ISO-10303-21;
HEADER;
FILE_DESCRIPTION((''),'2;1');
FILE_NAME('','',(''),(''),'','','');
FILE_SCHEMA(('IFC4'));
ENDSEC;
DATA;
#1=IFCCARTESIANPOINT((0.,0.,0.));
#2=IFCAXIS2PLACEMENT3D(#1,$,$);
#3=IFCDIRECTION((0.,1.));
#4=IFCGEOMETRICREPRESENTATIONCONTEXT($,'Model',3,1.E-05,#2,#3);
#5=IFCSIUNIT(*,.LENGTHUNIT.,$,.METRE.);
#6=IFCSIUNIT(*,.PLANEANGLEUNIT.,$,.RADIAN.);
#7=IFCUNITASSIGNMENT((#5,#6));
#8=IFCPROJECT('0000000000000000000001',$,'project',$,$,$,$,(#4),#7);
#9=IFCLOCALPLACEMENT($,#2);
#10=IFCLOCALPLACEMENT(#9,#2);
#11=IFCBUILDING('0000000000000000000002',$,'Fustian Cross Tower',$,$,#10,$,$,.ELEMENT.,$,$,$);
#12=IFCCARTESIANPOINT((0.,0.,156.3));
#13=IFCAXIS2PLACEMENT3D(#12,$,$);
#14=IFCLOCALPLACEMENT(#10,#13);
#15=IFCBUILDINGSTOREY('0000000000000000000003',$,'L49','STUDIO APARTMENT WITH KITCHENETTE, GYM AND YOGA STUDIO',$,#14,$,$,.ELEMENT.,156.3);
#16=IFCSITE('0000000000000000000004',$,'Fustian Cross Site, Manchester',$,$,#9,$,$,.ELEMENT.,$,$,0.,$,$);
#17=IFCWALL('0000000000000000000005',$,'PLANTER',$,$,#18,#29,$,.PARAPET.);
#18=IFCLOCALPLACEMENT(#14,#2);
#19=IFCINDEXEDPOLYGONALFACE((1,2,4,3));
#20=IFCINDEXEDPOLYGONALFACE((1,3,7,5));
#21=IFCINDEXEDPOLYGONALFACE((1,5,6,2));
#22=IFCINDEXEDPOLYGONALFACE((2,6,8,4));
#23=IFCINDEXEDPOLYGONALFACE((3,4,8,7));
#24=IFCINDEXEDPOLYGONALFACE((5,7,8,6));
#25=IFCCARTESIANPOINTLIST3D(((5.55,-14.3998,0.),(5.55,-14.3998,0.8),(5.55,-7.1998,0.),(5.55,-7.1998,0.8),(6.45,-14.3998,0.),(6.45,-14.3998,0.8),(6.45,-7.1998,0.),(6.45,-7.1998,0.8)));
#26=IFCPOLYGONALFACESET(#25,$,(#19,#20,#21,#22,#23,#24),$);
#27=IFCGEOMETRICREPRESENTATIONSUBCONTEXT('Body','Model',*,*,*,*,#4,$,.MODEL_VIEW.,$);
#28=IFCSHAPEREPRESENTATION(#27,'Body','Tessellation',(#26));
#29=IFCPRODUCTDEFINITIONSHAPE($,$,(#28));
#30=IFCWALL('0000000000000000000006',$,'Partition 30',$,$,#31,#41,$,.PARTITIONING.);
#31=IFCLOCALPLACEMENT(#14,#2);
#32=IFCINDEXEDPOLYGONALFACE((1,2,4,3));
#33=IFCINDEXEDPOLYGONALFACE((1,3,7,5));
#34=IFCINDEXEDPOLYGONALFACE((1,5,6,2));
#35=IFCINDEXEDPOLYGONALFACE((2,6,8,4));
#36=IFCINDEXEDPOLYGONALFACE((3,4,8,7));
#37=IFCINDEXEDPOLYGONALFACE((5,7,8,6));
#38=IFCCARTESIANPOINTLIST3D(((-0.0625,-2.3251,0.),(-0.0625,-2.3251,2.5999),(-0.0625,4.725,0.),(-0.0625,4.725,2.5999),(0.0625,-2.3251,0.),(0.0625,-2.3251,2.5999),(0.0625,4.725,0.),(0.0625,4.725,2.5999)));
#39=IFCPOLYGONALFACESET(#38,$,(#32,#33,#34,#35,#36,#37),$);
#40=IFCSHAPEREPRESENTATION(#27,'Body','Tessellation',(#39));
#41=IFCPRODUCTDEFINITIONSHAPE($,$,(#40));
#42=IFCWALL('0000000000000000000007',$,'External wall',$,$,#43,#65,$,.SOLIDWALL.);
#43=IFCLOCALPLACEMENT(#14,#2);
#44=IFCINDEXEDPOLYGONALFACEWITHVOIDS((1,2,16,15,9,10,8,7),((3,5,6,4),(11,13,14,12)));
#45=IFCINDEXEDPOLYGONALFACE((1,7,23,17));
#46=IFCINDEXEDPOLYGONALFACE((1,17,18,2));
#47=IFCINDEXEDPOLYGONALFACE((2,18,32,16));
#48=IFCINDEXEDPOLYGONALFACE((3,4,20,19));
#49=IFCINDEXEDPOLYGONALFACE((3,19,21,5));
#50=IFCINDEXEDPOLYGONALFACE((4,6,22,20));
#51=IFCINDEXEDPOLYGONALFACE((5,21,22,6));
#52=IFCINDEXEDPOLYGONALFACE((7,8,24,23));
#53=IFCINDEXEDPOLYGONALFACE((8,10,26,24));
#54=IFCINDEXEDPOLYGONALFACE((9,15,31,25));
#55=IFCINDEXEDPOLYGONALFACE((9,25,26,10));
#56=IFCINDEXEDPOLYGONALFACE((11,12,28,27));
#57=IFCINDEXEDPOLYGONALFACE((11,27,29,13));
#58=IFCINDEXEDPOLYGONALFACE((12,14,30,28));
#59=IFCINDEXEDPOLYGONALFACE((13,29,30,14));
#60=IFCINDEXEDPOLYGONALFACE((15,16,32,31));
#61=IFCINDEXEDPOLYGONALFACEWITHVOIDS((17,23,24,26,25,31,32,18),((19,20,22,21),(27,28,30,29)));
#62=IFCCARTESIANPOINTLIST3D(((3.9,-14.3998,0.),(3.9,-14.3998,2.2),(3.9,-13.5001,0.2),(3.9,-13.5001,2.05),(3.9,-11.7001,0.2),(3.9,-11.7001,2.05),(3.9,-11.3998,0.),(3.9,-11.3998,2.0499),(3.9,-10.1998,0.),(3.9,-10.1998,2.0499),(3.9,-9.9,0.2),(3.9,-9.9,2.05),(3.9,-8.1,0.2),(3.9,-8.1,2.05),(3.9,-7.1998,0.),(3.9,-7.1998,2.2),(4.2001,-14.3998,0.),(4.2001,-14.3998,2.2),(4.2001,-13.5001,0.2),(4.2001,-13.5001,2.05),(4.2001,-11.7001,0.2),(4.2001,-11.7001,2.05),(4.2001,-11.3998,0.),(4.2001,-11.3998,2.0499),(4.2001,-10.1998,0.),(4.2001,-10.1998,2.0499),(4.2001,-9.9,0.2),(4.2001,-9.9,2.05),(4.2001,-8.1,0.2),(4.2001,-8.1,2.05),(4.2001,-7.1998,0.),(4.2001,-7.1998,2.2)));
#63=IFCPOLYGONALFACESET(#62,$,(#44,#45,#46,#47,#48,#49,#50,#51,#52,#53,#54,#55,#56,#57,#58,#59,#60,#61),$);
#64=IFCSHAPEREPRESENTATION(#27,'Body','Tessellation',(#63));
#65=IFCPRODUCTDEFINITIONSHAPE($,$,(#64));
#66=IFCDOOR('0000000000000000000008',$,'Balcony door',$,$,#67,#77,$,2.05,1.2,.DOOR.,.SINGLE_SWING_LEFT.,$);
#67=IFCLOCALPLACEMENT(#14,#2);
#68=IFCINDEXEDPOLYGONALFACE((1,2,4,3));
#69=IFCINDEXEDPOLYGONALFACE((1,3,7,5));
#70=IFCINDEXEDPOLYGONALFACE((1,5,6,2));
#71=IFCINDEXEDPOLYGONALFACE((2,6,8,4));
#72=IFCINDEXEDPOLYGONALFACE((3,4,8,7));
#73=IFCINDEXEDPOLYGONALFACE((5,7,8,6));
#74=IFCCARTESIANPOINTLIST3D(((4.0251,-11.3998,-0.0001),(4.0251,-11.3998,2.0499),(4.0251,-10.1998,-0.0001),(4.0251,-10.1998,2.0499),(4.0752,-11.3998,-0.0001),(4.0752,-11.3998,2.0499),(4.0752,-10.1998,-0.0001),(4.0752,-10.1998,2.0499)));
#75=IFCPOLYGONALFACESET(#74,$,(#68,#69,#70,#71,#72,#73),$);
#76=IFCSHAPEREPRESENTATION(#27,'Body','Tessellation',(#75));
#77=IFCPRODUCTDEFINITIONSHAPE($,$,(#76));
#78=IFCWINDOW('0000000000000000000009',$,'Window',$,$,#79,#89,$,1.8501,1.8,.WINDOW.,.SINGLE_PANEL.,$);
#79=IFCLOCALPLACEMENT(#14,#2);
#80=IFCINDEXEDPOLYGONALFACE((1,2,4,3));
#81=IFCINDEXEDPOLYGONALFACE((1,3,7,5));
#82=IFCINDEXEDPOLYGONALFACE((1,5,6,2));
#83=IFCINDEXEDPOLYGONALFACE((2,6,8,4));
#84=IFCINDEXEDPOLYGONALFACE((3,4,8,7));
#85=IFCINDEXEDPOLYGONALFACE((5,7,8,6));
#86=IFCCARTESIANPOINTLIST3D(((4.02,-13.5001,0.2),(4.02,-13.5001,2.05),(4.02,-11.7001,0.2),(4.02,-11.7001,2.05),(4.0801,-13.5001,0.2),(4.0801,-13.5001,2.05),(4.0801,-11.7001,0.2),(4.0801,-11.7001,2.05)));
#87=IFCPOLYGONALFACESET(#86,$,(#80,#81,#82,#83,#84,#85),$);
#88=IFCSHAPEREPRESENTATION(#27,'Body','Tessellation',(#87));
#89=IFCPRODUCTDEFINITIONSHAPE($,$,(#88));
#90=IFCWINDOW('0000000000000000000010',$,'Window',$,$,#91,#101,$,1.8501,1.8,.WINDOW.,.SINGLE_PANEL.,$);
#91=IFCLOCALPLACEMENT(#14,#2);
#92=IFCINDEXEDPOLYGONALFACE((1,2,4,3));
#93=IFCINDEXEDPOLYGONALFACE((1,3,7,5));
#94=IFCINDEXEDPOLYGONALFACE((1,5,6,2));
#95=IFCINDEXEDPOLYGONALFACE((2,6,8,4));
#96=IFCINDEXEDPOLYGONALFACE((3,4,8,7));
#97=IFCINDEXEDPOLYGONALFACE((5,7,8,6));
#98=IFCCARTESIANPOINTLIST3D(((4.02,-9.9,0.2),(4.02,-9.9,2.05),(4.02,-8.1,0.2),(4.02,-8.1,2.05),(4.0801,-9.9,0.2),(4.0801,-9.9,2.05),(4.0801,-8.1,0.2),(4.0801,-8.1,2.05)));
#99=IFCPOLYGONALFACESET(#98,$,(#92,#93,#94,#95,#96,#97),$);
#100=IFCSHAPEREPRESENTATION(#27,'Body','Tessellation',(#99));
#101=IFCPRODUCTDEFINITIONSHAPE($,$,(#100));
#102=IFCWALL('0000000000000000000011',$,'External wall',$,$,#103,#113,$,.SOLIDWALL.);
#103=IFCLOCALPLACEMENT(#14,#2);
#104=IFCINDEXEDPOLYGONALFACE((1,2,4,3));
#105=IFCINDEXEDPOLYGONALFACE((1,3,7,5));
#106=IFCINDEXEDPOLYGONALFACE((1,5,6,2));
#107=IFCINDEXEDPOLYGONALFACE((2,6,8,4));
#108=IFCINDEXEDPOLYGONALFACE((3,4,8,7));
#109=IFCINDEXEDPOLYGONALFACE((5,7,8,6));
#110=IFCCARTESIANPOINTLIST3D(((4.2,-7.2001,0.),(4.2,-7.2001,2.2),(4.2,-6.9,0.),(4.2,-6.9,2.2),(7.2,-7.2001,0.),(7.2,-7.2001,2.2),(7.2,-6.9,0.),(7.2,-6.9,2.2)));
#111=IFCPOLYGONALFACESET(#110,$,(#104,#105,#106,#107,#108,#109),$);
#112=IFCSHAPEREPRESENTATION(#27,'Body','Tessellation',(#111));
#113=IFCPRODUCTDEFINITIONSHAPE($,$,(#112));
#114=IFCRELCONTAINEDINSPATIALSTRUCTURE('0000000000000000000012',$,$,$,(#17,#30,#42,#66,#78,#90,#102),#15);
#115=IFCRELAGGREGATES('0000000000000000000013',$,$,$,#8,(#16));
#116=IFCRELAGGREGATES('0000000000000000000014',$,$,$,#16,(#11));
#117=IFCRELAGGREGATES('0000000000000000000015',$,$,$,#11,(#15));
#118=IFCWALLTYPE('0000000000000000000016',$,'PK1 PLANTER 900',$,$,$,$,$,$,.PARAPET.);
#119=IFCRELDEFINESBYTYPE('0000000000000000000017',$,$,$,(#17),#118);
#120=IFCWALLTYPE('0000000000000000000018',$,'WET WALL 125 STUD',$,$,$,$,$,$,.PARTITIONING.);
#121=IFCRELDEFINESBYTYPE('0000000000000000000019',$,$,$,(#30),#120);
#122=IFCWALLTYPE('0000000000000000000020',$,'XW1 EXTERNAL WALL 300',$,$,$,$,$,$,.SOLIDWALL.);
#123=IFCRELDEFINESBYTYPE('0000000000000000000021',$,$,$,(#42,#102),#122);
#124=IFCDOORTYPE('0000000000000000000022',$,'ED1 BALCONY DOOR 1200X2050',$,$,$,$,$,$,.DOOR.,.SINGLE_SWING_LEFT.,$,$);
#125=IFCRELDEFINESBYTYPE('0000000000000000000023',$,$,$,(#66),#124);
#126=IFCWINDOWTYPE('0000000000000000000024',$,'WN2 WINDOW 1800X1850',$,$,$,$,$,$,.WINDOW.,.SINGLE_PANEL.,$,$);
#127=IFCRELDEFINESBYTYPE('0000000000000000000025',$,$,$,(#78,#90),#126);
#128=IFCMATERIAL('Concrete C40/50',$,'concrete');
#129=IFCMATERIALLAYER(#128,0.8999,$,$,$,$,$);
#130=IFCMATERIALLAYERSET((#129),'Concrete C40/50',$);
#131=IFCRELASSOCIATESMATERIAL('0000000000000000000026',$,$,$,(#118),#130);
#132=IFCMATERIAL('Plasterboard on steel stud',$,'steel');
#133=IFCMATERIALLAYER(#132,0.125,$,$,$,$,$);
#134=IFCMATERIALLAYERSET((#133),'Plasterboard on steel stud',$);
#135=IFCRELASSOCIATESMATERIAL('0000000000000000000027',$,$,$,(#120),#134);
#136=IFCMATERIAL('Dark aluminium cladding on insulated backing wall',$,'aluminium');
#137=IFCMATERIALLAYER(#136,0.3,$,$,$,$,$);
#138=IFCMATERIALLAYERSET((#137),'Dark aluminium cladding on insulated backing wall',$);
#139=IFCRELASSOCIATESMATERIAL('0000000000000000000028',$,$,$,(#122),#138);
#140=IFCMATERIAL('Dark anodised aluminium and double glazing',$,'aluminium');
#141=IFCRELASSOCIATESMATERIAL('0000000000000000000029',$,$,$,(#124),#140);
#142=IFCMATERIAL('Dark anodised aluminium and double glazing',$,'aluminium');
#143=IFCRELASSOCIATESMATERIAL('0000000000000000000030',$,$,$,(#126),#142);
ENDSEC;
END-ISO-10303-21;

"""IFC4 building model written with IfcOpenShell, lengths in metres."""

from ifc_helpers import new_model, si_unit, direction, frame, frame_2d, origin, place, context, subcontext, project, spatial, rectangle, extrude, material, layer, layer_set, type_object, element, fill, save


model = new_model("IFC4")

# Units and contexts
model_context = context("Model", 3, precision=1e-05, world=origin(), true_north=direction((0.0, 1.0)))
body_context = subcontext(model_context, "Body", "Model", "MODEL_VIEW")
ifc_project = project(units=[si_unit("LENGTHUNIT", "METRE"), si_unit("PLANEANGLEUNIT", "RADIAN")], contexts=[model_context])

# Site, building, storey
site_placement = place(None, origin())
site = spatial("IfcSite", under=ifc_project, at=site_placement, Name="Fustian Cross Site, Manchester", CompositionType="ELEMENT", RefElevation=0.0)
building_placement = place(site_placement, origin())
building = spatial("IfcBuilding", under=site, at=building_placement, Name="Fustian Cross Tower", CompositionType="ELEMENT")
storey_placement = place(building_placement, frame((0.0, 0.0, 156.3)))
storey = spatial("IfcBuildingStorey", under=building, at=storey_placement, Name="L49", Description="STUDIO APARTMENT WITH KITCHENETTE, GYM AND YOGA STUDIO", CompositionType="ELEMENT", Elevation=156.3)

# Walls
ifc_material_1 = material(Name="Concrete C40/50", Category="concrete")
ifc_layer_1 = layer(ifc_material_1, 0.8999)
ifc_layer_set_1 = layer_set([ifc_layer_1], Name="Concrete C40/50")
wall_type_1 = type_object("IfcWallType", Name="PK1 PLANTER 900", PredefinedType="PARAPET", material=ifc_layer_set_1)
wall_1_placement = place(storey_placement, frame((6.0, -14.3999, 0.0), z_axis=(0.0, 0.0, 1.0), x_axis=(0.0, 1.0, 0.0)))
element("IfcWall", 1, at=wall_1_placement, inside=storey, type_object=wall_type_1, Name="PLANTER", PredefinedType="PARAPET", context=body_context, shape_type="SweptSolid", body=[
    extrude(rectangle(XDim=7.2, YDim=0.8999, at=frame_2d((3.6001, 0.0))), origin(), (0.0, 0.0, 1.0), 0.8),
])
ifc_material_2 = material(Name="Plasterboard on steel stud", Category="steel")
ifc_layer_2 = layer(ifc_material_2, 0.125)
ifc_layer_set_2 = layer_set([ifc_layer_2], Name="Plasterboard on steel stud")
wall_type_2 = type_object("IfcWallType", Name="WET WALL 125 STUD", PredefinedType="PARTITIONING", material=ifc_layer_set_2)
wall_2_placement = place(storey_placement, frame((0.0, -2.325, 0.0), z_axis=(0.0, 0.0, 1.0), x_axis=(0.0, 1.0, 0.0)))
element("IfcWall", 2, at=wall_2_placement, inside=storey, type_object=wall_type_2, Name="Partition 30", PredefinedType="PARTITIONING", context=body_context, shape_type="SweptSolid", body=[
    extrude(rectangle(XDim=7.05, YDim=0.125, at=frame_2d((3.5249, 0.0))), origin(), (0.0, 0.0, 1.0), 2.5999),
])

# Wall, openings, door, windows
ifc_material_3 = material(Name="Dark aluminium cladding on insulated backing wall", Category="aluminium")
ifc_layer_3 = layer(ifc_material_3, 0.3)
ifc_layer_set_3 = layer_set([ifc_layer_3], Name="Dark aluminium cladding on insulated backing wall")
wall_type_3 = type_object("IfcWallType", Name="XW1 EXTERNAL WALL 300", PredefinedType="SOLIDWALL", material=ifc_layer_set_3)
wall_3_placement = place(storey_placement, frame((4.05, -14.3999, 0.0), z_axis=(0.0, 0.0, 1.0), x_axis=(0.0, 1.0, 0.0)))
wall_3 = element("IfcWall", 3, at=wall_3_placement, inside=storey, type_object=wall_type_3, Name="External wall", PredefinedType="SOLIDWALL", context=body_context, shape_type="SweptSolid", body=[
    extrude(rectangle(XDim=7.2, YDim=0.3, at=frame_2d((3.6001, 0.0))), origin(), (0.0, 0.0, 1.0), 2.2),
])
opening_1_placement = place(wall_3_placement, frame((3.0, 0.0, 0.0)))
opening_1 = element("IfcOpeningElement", 4, at=opening_1_placement, cuts=wall_3, PredefinedType="OPENING", context=body_context, shape_type="SweptSolid", body=[
    extrude(rectangle(XDim=1.2, YDim=2.05, at=frame_2d((0.6001, 1.0249))), frame((0.0, 0.1599, 0.0), z_axis=(0.0, -1.0, 0.0), x_axis=(1.0, 0.0, 0.0)), (0.0, 0.0, 1.0), 0.3201),
])
opening_2_placement = place(wall_3_placement, frame((0.8999, 0.0, 0.2)))
opening_2 = element("IfcOpeningElement", 5, at=opening_2_placement, cuts=wall_3, PredefinedType="OPENING", context=body_context, shape_type="SweptSolid", body=[
    extrude(rectangle(XDim=1.8, YDim=1.8501, at=frame_2d((0.8999, 0.925))), frame((0.0, 0.1599, 0.0), z_axis=(0.0, -1.0, 0.0), x_axis=(1.0, 0.0, 0.0)), (0.0, 0.0, 1.0), 0.3201),
])
opening_3_placement = place(wall_3_placement, frame((4.5, 0.0, 0.2)))
opening_3 = element("IfcOpeningElement", 6, at=opening_3_placement, cuts=wall_3, PredefinedType="OPENING", context=body_context, shape_type="SweptSolid", body=[
    extrude(rectangle(XDim=1.8, YDim=1.8501, at=frame_2d((0.8999, 0.925))), frame((0.0, 0.1599, 0.0), z_axis=(0.0, -1.0, 0.0), x_axis=(1.0, 0.0, 0.0)), (0.0, 0.0, 1.0), 0.3201),
])
ifc_material_4 = material(Name="Dark anodised aluminium and double glazing", Category="aluminium")
door_type_1 = type_object("IfcDoorType", Name="ED1 BALCONY DOOR 1200X2050", OperationType="SINGLE_SWING_LEFT", PredefinedType="DOOR", material=ifc_material_4)
door_1_placement = place(opening_1_placement, origin())
door_1 = element("IfcDoor", 7, at=door_1_placement, inside=storey, type_object=door_type_1, Name="Balcony door", OperationType="SINGLE_SWING_LEFT", OverallHeight=2.05, OverallWidth=1.2, PredefinedType="DOOR", context=body_context, shape_type="SweptSolid", body=[
    extrude(rectangle(XDim=1.2, YDim=2.05, at=frame_2d((0.6001, 1.0249))), frame((0.0, 0.0249, 0.0), z_axis=(0.0, -1.0, 0.0), x_axis=(1.0, 0.0, 0.0)), (0.0, 0.0, 1.0), 0.05),
])
fill(opening_1, door_1)
ifc_material_5 = material(Name="Dark anodised aluminium and double glazing", Category="aluminium")
window_type = type_object("IfcWindowType", Name="WN2 WINDOW 1800X1850", PartitioningType="SINGLE_PANEL", PredefinedType="WINDOW", material=ifc_material_5)
window_1_placement = place(opening_2_placement, origin())
window_1 = element("IfcWindow", 8, at=window_1_placement, inside=storey, type_object=window_type, Name="Window", OverallHeight=1.8501, OverallWidth=1.8, PartitioningType="SINGLE_PANEL", PredefinedType="WINDOW", context=body_context, shape_type="SweptSolid", body=[
    extrude(rectangle(XDim=1.8, YDim=1.8501, at=frame_2d((0.8999, 0.925))), frame((0.0, 0.03, 0.0), z_axis=(0.0, -1.0, 0.0), x_axis=(1.0, 0.0, 0.0)), (0.0, 0.0, 1.0), 0.0601),
])
fill(opening_2, window_1)
window_2_placement = place(opening_3_placement, origin())
window_2 = element("IfcWindow", 9, at=window_2_placement, inside=storey, type_object=window_type, Name="Window", OverallHeight=1.8501, OverallWidth=1.8, PartitioningType="SINGLE_PANEL", PredefinedType="WINDOW", context=body_context, shape_type="SweptSolid", body=[
    extrude(rectangle(XDim=1.8, YDim=1.8501, at=frame_2d((0.8999, 0.925))), frame((0.0, 0.03, 0.0), z_axis=(0.0, -1.0, 0.0), x_axis=(1.0, 0.0, 0.0)), (0.0, 0.0, 1.0), 0.0601),
])
fill(opening_3, window_2)

# Wall
wall_4_placement = place(storey_placement, frame((4.2, -7.05, 0.0), z_axis=(0.0, 0.0, 1.0), x_axis=(1.0, 0.0, 0.0)))
element("IfcWall", 10, at=wall_4_placement, inside=storey, type_object=wall_type_3, Name="External wall", PredefinedType="SOLIDWALL", context=body_context, shape_type="SweptSolid", body=[
    extrude(rectangle(XDim=3.0, YDim=0.3, at=frame_2d((1.5, 0.0))), origin(), (0.0, 0.0, 1.0), 2.2),
])

save(model, "model.ifc")
